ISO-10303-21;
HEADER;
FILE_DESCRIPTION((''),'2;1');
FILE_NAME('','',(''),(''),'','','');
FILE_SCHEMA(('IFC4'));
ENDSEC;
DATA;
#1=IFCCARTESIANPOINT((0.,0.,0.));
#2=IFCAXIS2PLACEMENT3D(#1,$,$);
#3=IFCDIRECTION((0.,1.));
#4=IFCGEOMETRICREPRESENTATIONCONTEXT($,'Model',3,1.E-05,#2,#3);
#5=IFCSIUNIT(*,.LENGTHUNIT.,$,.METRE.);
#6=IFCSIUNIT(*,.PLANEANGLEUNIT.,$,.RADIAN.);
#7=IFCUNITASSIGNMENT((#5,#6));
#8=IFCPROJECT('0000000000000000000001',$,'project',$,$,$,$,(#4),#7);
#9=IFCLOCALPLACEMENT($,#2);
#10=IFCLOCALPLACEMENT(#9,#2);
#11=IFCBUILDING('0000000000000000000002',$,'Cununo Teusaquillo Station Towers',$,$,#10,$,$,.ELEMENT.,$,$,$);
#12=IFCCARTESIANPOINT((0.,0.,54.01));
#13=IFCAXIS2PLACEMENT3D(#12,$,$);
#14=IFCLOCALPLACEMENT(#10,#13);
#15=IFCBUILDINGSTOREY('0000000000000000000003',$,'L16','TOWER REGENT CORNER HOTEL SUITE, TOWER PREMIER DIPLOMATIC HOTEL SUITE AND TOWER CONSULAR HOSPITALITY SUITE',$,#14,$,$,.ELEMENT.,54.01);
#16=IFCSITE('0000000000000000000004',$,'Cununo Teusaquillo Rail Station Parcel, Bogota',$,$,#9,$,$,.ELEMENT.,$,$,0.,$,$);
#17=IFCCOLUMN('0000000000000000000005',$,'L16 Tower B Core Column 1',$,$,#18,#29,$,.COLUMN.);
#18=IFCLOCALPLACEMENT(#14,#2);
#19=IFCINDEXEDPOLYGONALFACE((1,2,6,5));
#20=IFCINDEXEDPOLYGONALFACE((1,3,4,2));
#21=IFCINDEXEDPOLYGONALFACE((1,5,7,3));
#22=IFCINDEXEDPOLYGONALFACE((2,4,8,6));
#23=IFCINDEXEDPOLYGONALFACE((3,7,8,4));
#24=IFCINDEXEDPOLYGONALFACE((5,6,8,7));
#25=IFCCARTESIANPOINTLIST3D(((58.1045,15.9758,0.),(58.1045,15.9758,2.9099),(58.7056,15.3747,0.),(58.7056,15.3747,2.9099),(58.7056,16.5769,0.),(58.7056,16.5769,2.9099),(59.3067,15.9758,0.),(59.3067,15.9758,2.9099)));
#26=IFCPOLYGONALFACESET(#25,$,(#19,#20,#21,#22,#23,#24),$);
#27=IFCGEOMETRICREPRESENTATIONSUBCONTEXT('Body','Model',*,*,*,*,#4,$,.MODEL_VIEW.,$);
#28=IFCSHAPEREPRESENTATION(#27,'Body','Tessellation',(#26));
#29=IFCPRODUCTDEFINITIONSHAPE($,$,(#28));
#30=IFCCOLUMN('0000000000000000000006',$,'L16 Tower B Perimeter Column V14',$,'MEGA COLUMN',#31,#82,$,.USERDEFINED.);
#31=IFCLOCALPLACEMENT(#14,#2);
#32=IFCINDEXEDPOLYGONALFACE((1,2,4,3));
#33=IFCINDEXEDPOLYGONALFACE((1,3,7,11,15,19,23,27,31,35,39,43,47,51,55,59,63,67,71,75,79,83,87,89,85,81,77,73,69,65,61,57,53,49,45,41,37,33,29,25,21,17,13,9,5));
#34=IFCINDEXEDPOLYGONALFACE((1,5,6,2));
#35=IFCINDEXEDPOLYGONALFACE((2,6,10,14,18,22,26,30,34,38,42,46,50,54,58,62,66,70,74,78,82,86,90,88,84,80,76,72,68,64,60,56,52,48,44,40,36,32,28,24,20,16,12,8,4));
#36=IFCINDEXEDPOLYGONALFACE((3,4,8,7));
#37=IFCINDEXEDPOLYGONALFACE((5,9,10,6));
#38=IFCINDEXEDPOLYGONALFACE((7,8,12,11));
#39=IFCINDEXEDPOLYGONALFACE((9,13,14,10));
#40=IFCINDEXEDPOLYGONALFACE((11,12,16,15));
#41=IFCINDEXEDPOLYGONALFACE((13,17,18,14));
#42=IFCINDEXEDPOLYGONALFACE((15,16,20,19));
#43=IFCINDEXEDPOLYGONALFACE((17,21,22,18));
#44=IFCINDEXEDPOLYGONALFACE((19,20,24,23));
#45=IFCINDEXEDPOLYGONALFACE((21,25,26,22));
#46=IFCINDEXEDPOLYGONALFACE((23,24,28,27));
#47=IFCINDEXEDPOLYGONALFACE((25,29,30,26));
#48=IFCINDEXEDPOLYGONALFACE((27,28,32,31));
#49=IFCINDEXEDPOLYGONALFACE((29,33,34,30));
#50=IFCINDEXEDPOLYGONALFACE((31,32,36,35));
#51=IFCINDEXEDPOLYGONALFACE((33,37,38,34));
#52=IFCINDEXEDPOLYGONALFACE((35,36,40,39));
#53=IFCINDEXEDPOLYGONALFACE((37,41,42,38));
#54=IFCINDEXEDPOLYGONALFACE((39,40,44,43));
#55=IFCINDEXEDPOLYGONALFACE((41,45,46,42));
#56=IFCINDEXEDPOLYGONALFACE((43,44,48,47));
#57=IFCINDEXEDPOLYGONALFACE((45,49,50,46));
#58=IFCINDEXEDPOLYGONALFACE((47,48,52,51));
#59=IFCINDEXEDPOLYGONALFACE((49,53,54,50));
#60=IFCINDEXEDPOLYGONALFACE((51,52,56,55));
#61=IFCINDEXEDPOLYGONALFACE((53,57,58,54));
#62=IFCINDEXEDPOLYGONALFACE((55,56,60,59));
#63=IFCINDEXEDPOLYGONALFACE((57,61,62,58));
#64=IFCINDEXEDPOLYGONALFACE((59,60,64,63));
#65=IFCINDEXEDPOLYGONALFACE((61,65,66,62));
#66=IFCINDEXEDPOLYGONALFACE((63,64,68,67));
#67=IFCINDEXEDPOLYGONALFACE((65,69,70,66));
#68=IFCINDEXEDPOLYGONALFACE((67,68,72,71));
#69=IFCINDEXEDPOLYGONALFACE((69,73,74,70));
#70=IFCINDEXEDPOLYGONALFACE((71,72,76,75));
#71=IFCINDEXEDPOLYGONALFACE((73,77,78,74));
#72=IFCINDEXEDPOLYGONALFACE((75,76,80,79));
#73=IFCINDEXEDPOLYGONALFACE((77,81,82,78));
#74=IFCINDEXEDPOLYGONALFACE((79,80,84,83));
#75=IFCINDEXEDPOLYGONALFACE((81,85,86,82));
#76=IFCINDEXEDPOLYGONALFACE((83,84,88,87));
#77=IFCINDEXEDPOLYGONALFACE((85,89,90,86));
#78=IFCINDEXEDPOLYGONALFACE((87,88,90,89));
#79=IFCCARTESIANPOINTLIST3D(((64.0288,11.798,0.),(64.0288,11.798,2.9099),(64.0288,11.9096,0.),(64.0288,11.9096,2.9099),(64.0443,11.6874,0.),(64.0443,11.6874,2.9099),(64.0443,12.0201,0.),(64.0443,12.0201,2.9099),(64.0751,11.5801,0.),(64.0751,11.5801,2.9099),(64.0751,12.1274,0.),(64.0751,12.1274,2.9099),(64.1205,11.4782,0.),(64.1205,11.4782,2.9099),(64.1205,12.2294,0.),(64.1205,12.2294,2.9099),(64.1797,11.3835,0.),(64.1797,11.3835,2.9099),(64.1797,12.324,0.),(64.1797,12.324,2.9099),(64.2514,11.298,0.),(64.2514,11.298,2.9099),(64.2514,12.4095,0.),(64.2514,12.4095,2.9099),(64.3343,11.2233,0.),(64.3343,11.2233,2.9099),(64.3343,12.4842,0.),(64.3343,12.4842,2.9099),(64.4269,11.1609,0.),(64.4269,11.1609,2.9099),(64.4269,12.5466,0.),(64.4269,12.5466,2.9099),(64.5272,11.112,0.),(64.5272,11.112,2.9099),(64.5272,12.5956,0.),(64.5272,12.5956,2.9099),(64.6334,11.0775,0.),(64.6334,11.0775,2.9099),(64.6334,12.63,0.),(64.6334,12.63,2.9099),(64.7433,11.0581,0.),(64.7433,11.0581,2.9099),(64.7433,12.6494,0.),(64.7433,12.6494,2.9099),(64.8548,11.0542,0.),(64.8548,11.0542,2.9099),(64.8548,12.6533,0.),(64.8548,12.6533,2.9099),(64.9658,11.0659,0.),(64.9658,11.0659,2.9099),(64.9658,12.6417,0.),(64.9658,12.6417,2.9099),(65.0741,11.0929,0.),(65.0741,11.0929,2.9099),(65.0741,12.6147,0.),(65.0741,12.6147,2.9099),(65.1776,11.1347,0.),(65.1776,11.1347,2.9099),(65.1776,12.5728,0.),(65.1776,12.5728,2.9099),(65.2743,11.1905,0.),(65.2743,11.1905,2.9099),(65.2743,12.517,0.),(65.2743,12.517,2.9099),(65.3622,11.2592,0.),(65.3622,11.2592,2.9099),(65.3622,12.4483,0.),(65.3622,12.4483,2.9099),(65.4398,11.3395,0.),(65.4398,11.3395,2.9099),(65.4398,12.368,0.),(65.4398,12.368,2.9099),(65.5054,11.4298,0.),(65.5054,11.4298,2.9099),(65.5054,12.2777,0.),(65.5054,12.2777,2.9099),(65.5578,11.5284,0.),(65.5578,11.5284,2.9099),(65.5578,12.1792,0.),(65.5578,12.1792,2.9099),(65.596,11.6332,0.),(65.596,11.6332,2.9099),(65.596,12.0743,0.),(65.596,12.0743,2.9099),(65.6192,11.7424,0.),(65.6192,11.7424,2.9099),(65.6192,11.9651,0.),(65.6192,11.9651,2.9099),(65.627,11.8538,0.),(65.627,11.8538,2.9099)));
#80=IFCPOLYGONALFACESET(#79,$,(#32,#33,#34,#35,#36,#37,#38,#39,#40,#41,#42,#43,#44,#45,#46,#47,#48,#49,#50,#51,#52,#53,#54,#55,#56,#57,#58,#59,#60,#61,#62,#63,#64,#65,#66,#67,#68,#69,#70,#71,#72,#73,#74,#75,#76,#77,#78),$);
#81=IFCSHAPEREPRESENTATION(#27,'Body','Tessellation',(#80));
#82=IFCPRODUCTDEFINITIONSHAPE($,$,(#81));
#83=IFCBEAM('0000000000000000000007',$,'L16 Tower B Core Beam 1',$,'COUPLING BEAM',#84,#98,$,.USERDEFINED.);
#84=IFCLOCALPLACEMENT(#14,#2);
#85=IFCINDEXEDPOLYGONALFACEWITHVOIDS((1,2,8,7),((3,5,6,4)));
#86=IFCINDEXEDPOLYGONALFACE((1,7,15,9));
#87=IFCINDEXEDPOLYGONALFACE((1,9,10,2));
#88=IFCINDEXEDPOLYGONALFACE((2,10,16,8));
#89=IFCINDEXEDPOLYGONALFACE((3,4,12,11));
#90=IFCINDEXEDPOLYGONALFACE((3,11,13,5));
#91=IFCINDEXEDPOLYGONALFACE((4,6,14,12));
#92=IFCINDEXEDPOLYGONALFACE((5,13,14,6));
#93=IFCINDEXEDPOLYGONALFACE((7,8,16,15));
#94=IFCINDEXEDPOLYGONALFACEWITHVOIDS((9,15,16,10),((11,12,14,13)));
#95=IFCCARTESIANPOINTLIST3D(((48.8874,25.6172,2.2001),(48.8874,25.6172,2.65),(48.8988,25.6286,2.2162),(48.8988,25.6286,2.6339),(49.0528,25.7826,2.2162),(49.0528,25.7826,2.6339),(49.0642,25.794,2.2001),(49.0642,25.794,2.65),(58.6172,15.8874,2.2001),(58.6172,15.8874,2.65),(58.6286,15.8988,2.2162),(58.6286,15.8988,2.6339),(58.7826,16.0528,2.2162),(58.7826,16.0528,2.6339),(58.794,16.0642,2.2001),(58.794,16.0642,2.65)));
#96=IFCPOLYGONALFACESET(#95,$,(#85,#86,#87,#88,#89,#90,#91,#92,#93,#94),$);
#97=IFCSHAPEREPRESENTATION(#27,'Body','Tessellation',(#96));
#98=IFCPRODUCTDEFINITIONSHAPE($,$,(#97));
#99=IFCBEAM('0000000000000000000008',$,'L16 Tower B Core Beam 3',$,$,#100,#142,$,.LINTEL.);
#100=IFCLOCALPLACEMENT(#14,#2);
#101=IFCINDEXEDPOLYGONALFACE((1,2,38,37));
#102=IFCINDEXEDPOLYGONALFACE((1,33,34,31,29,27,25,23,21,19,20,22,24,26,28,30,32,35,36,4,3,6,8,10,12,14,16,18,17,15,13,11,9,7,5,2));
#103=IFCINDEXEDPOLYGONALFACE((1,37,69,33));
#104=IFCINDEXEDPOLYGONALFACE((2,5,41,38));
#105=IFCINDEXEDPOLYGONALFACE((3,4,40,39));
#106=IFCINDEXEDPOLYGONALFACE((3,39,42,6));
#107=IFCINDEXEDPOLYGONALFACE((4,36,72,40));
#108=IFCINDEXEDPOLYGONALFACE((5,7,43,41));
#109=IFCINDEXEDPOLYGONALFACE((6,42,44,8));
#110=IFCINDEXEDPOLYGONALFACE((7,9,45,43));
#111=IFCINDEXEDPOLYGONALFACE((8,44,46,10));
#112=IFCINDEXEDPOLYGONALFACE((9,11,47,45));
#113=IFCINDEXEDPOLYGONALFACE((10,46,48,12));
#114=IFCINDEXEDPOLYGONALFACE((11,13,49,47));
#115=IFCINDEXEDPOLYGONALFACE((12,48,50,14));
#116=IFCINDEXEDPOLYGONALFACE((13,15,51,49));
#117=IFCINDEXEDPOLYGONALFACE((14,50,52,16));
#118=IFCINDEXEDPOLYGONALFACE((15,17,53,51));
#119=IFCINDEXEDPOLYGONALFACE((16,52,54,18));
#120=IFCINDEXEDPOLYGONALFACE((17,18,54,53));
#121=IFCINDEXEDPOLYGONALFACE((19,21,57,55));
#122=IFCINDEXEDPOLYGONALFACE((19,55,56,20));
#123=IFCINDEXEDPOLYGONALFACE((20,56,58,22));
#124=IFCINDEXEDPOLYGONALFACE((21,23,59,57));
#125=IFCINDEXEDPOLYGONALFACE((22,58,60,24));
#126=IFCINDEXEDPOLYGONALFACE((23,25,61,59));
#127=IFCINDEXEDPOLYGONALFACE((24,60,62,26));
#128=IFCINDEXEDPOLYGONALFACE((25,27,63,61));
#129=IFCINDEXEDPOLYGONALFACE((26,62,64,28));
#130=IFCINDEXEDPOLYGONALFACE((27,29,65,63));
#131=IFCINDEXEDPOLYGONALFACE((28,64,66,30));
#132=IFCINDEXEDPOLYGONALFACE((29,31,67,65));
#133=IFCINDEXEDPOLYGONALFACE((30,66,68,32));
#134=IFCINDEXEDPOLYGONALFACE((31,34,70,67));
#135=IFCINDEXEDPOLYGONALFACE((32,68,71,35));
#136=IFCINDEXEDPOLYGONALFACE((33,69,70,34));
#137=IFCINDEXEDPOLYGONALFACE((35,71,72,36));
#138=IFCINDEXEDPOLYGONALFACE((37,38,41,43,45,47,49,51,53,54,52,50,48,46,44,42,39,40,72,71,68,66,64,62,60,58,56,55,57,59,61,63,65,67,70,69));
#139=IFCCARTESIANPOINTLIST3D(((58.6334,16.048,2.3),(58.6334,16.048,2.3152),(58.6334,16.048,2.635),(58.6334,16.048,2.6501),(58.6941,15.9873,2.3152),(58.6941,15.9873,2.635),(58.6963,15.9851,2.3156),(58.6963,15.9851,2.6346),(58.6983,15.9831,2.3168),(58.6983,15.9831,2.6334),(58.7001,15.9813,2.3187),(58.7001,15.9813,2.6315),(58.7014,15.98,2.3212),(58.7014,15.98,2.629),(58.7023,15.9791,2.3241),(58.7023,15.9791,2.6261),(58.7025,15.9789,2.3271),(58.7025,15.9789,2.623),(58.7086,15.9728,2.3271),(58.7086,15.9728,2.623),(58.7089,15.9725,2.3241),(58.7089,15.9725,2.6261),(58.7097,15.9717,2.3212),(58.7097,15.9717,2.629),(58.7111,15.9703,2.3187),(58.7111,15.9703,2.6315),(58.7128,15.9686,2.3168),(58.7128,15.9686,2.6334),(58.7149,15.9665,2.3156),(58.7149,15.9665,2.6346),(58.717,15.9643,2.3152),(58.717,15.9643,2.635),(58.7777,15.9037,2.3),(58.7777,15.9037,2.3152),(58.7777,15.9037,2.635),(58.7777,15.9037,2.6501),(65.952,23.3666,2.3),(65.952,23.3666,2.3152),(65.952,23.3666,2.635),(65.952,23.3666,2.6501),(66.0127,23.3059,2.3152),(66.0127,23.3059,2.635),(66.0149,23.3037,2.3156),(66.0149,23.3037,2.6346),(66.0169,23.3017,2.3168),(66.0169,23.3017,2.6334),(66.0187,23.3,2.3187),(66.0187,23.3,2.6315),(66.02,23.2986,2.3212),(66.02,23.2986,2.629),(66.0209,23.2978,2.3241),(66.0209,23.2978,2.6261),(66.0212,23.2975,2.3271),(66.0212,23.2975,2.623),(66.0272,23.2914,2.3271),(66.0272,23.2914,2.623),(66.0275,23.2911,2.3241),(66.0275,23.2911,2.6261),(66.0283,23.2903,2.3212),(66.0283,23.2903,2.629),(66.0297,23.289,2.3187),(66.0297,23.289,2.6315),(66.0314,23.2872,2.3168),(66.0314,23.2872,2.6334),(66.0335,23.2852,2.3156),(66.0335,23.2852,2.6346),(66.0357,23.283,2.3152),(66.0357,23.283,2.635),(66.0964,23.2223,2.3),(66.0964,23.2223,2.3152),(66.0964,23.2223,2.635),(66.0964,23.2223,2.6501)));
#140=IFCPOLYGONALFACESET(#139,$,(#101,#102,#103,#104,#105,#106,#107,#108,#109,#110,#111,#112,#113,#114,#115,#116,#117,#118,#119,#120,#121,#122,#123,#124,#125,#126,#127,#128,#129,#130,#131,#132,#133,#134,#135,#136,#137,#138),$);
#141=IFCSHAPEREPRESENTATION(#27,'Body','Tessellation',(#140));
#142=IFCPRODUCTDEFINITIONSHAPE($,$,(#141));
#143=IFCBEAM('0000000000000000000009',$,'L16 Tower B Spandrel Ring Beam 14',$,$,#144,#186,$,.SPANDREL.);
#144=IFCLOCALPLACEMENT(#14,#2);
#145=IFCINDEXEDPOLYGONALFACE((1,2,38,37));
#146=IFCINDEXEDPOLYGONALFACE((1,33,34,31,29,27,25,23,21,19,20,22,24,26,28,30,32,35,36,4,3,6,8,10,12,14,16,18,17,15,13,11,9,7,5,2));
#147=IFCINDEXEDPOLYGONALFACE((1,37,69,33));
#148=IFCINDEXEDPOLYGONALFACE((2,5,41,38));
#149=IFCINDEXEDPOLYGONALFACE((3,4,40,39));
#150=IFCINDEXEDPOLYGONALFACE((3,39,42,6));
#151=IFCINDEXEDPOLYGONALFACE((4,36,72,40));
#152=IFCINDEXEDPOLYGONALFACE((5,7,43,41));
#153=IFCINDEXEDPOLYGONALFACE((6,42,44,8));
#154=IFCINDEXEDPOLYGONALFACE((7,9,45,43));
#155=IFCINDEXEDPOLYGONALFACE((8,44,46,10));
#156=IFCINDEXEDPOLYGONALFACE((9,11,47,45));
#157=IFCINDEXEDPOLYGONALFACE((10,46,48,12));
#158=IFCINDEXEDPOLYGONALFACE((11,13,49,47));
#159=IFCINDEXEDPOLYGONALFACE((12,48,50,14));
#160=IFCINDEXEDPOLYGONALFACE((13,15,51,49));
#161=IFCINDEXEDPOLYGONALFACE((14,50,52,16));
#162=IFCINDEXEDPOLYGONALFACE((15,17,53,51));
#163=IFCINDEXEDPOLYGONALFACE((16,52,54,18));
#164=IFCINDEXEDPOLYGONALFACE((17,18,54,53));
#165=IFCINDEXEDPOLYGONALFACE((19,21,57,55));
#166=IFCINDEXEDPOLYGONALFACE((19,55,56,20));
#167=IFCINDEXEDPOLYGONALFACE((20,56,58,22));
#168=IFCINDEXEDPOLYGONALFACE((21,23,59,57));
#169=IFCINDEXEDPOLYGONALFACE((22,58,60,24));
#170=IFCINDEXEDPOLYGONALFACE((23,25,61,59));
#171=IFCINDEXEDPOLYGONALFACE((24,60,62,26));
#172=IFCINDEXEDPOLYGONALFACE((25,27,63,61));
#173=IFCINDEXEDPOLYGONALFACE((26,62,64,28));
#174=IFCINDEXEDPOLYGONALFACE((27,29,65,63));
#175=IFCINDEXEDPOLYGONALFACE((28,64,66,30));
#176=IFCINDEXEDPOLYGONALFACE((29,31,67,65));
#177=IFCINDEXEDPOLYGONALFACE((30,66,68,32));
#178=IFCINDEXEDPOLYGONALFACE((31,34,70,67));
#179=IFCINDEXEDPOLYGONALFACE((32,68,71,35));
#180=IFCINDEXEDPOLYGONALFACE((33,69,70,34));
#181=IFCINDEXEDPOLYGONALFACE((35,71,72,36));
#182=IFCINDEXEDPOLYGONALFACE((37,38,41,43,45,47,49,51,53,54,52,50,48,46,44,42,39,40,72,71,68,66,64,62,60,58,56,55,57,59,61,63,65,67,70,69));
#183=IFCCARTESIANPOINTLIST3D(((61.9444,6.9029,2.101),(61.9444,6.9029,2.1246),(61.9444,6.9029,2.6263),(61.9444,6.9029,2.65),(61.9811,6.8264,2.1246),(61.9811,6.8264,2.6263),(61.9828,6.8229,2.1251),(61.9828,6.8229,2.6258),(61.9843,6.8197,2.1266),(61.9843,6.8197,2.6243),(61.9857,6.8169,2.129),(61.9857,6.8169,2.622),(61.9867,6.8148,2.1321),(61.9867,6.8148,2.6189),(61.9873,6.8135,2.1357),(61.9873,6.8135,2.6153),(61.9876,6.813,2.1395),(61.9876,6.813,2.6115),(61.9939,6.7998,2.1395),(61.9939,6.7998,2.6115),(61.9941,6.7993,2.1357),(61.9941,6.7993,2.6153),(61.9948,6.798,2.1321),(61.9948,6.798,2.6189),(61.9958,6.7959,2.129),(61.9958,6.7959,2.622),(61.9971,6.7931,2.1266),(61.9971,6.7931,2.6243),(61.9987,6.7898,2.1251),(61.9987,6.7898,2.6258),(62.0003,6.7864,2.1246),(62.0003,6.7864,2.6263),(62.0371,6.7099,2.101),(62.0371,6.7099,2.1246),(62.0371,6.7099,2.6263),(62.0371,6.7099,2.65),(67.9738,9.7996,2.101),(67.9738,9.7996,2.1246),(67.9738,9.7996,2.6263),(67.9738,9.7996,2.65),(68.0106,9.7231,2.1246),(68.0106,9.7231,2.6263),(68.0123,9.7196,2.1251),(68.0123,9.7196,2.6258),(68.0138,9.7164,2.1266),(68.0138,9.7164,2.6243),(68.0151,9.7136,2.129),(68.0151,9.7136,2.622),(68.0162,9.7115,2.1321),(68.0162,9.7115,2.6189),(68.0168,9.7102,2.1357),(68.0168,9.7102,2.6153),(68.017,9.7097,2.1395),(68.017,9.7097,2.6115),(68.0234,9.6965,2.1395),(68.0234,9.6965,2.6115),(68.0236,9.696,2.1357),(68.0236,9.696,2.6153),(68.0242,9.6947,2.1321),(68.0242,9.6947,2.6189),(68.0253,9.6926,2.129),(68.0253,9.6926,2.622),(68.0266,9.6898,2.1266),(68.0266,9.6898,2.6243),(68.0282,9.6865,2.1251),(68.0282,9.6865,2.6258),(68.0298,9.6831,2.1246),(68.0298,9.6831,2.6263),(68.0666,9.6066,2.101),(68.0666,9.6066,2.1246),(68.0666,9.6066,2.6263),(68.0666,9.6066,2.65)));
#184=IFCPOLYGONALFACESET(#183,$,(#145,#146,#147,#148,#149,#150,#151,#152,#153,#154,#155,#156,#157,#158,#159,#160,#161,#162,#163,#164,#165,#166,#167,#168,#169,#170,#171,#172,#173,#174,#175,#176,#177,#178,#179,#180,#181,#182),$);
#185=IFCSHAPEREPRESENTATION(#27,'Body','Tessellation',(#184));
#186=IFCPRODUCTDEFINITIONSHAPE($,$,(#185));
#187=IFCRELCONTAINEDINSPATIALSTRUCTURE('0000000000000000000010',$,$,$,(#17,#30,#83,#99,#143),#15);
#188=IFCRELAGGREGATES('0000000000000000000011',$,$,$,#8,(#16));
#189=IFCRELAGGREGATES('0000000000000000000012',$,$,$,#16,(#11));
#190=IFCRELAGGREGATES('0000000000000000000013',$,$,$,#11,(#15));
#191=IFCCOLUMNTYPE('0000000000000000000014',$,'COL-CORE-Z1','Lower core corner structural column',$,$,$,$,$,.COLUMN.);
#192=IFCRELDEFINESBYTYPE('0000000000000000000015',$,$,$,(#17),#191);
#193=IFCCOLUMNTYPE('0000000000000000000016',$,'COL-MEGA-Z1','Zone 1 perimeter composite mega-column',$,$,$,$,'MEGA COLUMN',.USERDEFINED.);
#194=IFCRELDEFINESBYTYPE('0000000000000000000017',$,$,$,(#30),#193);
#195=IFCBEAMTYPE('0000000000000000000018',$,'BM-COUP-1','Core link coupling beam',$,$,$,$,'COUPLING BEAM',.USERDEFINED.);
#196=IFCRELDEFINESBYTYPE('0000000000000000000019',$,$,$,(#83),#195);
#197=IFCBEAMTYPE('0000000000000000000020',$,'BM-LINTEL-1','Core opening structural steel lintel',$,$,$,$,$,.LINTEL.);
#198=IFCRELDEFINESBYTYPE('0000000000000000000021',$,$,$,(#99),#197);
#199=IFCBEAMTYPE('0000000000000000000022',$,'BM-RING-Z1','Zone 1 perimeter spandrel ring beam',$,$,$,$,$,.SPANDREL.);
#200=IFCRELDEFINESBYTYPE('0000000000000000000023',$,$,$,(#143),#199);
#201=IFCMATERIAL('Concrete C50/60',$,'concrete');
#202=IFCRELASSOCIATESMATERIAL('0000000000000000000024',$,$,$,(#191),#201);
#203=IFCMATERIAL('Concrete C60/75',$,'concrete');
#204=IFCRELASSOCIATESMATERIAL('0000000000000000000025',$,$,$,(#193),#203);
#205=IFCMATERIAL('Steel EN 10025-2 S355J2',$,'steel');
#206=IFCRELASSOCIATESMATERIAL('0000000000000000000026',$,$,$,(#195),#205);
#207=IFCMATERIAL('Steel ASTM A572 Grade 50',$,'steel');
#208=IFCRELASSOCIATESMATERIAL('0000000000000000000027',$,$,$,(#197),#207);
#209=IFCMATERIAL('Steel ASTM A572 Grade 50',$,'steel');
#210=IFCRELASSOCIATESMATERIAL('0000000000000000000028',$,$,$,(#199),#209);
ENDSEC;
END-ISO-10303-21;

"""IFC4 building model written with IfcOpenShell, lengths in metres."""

from ifc_helpers import new_model, si_unit, direction, frame, origin, origin_2d, place, context, subcontext, project, spatial, rectangle, hollow_rectangle, circle, i_section, extrude, material, material_profile, profile_set, type_object, element, save


model = new_model("IFC4")

# Units and contexts
model_context = context("Model", 3, precision=1e-05, world=origin(), true_north=direction((0.0, 1.0)))
body_context = subcontext(model_context, "Body", "Model", "MODEL_VIEW")
ifc_project = project(units=[si_unit("LENGTHUNIT", "METRE"), si_unit("PLANEANGLEUNIT", "RADIAN")], contexts=[model_context])

# Site, building, storey
site_placement = place(None, origin())
site = spatial("IfcSite", under=ifc_project, at=site_placement, Name="Cununo Teusaquillo Rail Station Parcel, Bogota", CompositionType="ELEMENT", RefElevation=0.0)
building_placement = place(site_placement, origin())
building = spatial("IfcBuilding", under=site, at=building_placement, Name="Cununo Teusaquillo Station Towers", CompositionType="ELEMENT")
storey_placement = place(building_placement, frame((0.0, 0.0, 54.01)))
storey = spatial("IfcBuildingStorey", under=building, at=storey_placement, Name="L16", Description="TOWER REGENT CORNER HOTEL SUITE, TOWER PREMIER DIPLOMATIC HOTEL SUITE AND TOWER CONSULAR HOSPITALITY SUITE", CompositionType="ELEMENT", Elevation=54.01)

# Columns
ifc_material_1 = material(Name="Concrete C50/60", Category="concrete")
ifc_material_profile_1 = material_profile(ifc_material_1, rectangle(XDim=0.8501, YDim=0.8501, at=origin_2d()), Name="RC-RECT-850x850")
ifc_profile_set_1 = profile_set([ifc_material_profile_1], Name="Concrete C50/60")
column_type_1 = type_object("IfcColumnType", Name="COL-CORE-Z1", Description="Lower core corner structural column", PredefinedType="COLUMN", material=ifc_profile_set_1)
column_1_placement = place(storey_placement, frame((58.7056, 15.9758, 0.0), z_axis=(0.0, 0.0, 1.0), x_axis=(0.707107, 0.707107, 0.0)))
element("IfcColumn", 1, at=column_1_placement, inside=storey, type_object=column_type_1, Name="L16 Tower B Core Column 1", PredefinedType="COLUMN", context=body_context, shape_type="SweptSolid", body=[
    extrude(rectangle(XDim=0.8501, YDim=0.8501, at=origin_2d()), origin(), (0.0, 0.0, 1.0), 2.9099),
])
ifc_material_2 = material(Name="Concrete C60/75", Category="concrete")
ifc_material_profile_2 = material_profile(ifc_material_2, circle(Radius=0.8, at=origin_2d()), Name="RC-CIRC-1600")
ifc_profile_set_2 = profile_set([ifc_material_profile_2], Name="Concrete C60/75")
column_type_2 = type_object("IfcColumnType", Name="COL-MEGA-Z1", Description="Zone 1 perimeter composite mega-column", ElementType="MEGA COLUMN", PredefinedType="USERDEFINED", material=ifc_profile_set_2)
column_2_placement = place(storey_placement, frame((64.8269, 11.8538, 0.0), z_axis=(0.0, 0.0, 1.0), x_axis=(1.0, 0.0, 0.0)))
element("IfcColumn", 2, at=column_2_placement, inside=storey, type_object=column_type_2, Name="L16 Tower B Perimeter Column V14", ObjectType="MEGA COLUMN", PredefinedType="USERDEFINED", context=body_context, shape_type="SweptSolid", body=[
    extrude(circle(Radius=0.8, at=origin_2d()), origin(), (0.0, 0.0, 1.0), 2.9099),
])

# Beams
ifc_material_3 = material(Name="Steel EN 10025-2 S355J2", Category="steel")
ifc_material_profile_3 = material_profile(ifc_material_3, hollow_rectangle(XDim=0.25, YDim=0.45, WallThickness=0.0161, at=origin_2d()), Name="RHS 450x250x16")
ifc_profile_set_3 = profile_set([ifc_material_profile_3], Name="Steel EN 10025-2 S355J2")
beam_type_1 = type_object("IfcBeamType", Name="BM-COUP-1", Description="Core link coupling beam", ElementType="COUPLING BEAM", PredefinedType="USERDEFINED", material=ifc_profile_set_3)
beam_1_placement = place(storey_placement, frame((58.7056, 15.9758, 2.425), z_axis=(-0.707107, 0.707107, 0.0), x_axis=(-0.707107, -0.707107, 0.0)))
element("IfcBeam", 3, at=beam_1_placement, inside=storey, type_object=beam_type_1, Name="L16 Tower B Core Beam 1", ObjectType="COUPLING BEAM", PredefinedType="USERDEFINED", context=body_context, shape_type="SweptSolid", body=[
    extrude(hollow_rectangle(XDim=0.25, YDim=0.45, WallThickness=0.0161, at=origin_2d()), origin(), (0.0, 0.0, 1.0), 13.76),
])
ifc_material_4 = material(Name="Steel ASTM A572 Grade 50", Category="steel")
ifc_material_profile_4 = material_profile(ifc_material_4, i_section(OverallWidth=0.2041, OverallDepth=0.3501, WebThickness=0.0085, FlangeThickness=0.0151, FilletRadius=0.012, at=origin_2d()), Name="W14X48")
ifc_profile_set_4 = profile_set([ifc_material_profile_4], Name="Steel ASTM A572 Grade 50")
beam_type_2 = type_object("IfcBeamType", Name="BM-LINTEL-1", Description="Core opening structural steel lintel", PredefinedType="LINTEL", material=ifc_profile_set_4)
beam_2_placement = place(storey_placement, frame((58.7056, 15.9758, 2.4751), z_axis=(0.707107, 0.707107, 0.0), x_axis=(-0.707107, 0.707107, 0.0)))
element("IfcBeam", 4, at=beam_2_placement, inside=storey, type_object=beam_type_2, Name="L16 Tower B Core Beam 3", PredefinedType="LINTEL", context=body_context, shape_type="SweptSolid", body=[
    extrude(i_section(OverallWidth=0.2041, OverallDepth=0.3501, WebThickness=0.0085, FlangeThickness=0.0151, FilletRadius=0.012, at=origin_2d()), origin(), (0.0, 0.0, 1.0), 10.3501),
])
ifc_material_5 = material(Name="Steel ASTM A572 Grade 50", Category="steel")
ifc_material_profile_5 = material_profile(ifc_material_5, i_section(OverallWidth=0.2141, OverallDepth=0.5491, WebThickness=0.0146, FlangeThickness=0.0237, FilletRadius=0.0149, at=origin_2d()), Name="W21X93")
ifc_profile_set_5 = profile_set([ifc_material_profile_5], Name="Steel ASTM A572 Grade 50")
beam_type_3 = type_object("IfcBeamType", Name="BM-RING-Z1", Description="Zone 1 perimeter spandrel ring beam", PredefinedType="SPANDREL", material=ifc_profile_set_5)
beam_3_placement = place(storey_placement, frame((61.9907, 6.8064, 2.3755), z_axis=(0.901374, 0.433041, 0.0), x_axis=(-0.433041, 0.901374, 0.0)))
element("IfcBeam", 5, at=beam_3_placement, inside=storey, type_object=beam_type_3, Name="L16 Tower B Spandrel Ring Beam 14", PredefinedType="SPANDREL", context=body_context, shape_type="SweptSolid", body=[
    extrude(i_section(OverallWidth=0.2141, OverallDepth=0.5491, WebThickness=0.0146, FlangeThickness=0.0237, FilletRadius=0.0149, at=origin_2d()), origin(), (0.0, 0.0, 1.0), 6.6892),
])

save(model, "model.ifc")
